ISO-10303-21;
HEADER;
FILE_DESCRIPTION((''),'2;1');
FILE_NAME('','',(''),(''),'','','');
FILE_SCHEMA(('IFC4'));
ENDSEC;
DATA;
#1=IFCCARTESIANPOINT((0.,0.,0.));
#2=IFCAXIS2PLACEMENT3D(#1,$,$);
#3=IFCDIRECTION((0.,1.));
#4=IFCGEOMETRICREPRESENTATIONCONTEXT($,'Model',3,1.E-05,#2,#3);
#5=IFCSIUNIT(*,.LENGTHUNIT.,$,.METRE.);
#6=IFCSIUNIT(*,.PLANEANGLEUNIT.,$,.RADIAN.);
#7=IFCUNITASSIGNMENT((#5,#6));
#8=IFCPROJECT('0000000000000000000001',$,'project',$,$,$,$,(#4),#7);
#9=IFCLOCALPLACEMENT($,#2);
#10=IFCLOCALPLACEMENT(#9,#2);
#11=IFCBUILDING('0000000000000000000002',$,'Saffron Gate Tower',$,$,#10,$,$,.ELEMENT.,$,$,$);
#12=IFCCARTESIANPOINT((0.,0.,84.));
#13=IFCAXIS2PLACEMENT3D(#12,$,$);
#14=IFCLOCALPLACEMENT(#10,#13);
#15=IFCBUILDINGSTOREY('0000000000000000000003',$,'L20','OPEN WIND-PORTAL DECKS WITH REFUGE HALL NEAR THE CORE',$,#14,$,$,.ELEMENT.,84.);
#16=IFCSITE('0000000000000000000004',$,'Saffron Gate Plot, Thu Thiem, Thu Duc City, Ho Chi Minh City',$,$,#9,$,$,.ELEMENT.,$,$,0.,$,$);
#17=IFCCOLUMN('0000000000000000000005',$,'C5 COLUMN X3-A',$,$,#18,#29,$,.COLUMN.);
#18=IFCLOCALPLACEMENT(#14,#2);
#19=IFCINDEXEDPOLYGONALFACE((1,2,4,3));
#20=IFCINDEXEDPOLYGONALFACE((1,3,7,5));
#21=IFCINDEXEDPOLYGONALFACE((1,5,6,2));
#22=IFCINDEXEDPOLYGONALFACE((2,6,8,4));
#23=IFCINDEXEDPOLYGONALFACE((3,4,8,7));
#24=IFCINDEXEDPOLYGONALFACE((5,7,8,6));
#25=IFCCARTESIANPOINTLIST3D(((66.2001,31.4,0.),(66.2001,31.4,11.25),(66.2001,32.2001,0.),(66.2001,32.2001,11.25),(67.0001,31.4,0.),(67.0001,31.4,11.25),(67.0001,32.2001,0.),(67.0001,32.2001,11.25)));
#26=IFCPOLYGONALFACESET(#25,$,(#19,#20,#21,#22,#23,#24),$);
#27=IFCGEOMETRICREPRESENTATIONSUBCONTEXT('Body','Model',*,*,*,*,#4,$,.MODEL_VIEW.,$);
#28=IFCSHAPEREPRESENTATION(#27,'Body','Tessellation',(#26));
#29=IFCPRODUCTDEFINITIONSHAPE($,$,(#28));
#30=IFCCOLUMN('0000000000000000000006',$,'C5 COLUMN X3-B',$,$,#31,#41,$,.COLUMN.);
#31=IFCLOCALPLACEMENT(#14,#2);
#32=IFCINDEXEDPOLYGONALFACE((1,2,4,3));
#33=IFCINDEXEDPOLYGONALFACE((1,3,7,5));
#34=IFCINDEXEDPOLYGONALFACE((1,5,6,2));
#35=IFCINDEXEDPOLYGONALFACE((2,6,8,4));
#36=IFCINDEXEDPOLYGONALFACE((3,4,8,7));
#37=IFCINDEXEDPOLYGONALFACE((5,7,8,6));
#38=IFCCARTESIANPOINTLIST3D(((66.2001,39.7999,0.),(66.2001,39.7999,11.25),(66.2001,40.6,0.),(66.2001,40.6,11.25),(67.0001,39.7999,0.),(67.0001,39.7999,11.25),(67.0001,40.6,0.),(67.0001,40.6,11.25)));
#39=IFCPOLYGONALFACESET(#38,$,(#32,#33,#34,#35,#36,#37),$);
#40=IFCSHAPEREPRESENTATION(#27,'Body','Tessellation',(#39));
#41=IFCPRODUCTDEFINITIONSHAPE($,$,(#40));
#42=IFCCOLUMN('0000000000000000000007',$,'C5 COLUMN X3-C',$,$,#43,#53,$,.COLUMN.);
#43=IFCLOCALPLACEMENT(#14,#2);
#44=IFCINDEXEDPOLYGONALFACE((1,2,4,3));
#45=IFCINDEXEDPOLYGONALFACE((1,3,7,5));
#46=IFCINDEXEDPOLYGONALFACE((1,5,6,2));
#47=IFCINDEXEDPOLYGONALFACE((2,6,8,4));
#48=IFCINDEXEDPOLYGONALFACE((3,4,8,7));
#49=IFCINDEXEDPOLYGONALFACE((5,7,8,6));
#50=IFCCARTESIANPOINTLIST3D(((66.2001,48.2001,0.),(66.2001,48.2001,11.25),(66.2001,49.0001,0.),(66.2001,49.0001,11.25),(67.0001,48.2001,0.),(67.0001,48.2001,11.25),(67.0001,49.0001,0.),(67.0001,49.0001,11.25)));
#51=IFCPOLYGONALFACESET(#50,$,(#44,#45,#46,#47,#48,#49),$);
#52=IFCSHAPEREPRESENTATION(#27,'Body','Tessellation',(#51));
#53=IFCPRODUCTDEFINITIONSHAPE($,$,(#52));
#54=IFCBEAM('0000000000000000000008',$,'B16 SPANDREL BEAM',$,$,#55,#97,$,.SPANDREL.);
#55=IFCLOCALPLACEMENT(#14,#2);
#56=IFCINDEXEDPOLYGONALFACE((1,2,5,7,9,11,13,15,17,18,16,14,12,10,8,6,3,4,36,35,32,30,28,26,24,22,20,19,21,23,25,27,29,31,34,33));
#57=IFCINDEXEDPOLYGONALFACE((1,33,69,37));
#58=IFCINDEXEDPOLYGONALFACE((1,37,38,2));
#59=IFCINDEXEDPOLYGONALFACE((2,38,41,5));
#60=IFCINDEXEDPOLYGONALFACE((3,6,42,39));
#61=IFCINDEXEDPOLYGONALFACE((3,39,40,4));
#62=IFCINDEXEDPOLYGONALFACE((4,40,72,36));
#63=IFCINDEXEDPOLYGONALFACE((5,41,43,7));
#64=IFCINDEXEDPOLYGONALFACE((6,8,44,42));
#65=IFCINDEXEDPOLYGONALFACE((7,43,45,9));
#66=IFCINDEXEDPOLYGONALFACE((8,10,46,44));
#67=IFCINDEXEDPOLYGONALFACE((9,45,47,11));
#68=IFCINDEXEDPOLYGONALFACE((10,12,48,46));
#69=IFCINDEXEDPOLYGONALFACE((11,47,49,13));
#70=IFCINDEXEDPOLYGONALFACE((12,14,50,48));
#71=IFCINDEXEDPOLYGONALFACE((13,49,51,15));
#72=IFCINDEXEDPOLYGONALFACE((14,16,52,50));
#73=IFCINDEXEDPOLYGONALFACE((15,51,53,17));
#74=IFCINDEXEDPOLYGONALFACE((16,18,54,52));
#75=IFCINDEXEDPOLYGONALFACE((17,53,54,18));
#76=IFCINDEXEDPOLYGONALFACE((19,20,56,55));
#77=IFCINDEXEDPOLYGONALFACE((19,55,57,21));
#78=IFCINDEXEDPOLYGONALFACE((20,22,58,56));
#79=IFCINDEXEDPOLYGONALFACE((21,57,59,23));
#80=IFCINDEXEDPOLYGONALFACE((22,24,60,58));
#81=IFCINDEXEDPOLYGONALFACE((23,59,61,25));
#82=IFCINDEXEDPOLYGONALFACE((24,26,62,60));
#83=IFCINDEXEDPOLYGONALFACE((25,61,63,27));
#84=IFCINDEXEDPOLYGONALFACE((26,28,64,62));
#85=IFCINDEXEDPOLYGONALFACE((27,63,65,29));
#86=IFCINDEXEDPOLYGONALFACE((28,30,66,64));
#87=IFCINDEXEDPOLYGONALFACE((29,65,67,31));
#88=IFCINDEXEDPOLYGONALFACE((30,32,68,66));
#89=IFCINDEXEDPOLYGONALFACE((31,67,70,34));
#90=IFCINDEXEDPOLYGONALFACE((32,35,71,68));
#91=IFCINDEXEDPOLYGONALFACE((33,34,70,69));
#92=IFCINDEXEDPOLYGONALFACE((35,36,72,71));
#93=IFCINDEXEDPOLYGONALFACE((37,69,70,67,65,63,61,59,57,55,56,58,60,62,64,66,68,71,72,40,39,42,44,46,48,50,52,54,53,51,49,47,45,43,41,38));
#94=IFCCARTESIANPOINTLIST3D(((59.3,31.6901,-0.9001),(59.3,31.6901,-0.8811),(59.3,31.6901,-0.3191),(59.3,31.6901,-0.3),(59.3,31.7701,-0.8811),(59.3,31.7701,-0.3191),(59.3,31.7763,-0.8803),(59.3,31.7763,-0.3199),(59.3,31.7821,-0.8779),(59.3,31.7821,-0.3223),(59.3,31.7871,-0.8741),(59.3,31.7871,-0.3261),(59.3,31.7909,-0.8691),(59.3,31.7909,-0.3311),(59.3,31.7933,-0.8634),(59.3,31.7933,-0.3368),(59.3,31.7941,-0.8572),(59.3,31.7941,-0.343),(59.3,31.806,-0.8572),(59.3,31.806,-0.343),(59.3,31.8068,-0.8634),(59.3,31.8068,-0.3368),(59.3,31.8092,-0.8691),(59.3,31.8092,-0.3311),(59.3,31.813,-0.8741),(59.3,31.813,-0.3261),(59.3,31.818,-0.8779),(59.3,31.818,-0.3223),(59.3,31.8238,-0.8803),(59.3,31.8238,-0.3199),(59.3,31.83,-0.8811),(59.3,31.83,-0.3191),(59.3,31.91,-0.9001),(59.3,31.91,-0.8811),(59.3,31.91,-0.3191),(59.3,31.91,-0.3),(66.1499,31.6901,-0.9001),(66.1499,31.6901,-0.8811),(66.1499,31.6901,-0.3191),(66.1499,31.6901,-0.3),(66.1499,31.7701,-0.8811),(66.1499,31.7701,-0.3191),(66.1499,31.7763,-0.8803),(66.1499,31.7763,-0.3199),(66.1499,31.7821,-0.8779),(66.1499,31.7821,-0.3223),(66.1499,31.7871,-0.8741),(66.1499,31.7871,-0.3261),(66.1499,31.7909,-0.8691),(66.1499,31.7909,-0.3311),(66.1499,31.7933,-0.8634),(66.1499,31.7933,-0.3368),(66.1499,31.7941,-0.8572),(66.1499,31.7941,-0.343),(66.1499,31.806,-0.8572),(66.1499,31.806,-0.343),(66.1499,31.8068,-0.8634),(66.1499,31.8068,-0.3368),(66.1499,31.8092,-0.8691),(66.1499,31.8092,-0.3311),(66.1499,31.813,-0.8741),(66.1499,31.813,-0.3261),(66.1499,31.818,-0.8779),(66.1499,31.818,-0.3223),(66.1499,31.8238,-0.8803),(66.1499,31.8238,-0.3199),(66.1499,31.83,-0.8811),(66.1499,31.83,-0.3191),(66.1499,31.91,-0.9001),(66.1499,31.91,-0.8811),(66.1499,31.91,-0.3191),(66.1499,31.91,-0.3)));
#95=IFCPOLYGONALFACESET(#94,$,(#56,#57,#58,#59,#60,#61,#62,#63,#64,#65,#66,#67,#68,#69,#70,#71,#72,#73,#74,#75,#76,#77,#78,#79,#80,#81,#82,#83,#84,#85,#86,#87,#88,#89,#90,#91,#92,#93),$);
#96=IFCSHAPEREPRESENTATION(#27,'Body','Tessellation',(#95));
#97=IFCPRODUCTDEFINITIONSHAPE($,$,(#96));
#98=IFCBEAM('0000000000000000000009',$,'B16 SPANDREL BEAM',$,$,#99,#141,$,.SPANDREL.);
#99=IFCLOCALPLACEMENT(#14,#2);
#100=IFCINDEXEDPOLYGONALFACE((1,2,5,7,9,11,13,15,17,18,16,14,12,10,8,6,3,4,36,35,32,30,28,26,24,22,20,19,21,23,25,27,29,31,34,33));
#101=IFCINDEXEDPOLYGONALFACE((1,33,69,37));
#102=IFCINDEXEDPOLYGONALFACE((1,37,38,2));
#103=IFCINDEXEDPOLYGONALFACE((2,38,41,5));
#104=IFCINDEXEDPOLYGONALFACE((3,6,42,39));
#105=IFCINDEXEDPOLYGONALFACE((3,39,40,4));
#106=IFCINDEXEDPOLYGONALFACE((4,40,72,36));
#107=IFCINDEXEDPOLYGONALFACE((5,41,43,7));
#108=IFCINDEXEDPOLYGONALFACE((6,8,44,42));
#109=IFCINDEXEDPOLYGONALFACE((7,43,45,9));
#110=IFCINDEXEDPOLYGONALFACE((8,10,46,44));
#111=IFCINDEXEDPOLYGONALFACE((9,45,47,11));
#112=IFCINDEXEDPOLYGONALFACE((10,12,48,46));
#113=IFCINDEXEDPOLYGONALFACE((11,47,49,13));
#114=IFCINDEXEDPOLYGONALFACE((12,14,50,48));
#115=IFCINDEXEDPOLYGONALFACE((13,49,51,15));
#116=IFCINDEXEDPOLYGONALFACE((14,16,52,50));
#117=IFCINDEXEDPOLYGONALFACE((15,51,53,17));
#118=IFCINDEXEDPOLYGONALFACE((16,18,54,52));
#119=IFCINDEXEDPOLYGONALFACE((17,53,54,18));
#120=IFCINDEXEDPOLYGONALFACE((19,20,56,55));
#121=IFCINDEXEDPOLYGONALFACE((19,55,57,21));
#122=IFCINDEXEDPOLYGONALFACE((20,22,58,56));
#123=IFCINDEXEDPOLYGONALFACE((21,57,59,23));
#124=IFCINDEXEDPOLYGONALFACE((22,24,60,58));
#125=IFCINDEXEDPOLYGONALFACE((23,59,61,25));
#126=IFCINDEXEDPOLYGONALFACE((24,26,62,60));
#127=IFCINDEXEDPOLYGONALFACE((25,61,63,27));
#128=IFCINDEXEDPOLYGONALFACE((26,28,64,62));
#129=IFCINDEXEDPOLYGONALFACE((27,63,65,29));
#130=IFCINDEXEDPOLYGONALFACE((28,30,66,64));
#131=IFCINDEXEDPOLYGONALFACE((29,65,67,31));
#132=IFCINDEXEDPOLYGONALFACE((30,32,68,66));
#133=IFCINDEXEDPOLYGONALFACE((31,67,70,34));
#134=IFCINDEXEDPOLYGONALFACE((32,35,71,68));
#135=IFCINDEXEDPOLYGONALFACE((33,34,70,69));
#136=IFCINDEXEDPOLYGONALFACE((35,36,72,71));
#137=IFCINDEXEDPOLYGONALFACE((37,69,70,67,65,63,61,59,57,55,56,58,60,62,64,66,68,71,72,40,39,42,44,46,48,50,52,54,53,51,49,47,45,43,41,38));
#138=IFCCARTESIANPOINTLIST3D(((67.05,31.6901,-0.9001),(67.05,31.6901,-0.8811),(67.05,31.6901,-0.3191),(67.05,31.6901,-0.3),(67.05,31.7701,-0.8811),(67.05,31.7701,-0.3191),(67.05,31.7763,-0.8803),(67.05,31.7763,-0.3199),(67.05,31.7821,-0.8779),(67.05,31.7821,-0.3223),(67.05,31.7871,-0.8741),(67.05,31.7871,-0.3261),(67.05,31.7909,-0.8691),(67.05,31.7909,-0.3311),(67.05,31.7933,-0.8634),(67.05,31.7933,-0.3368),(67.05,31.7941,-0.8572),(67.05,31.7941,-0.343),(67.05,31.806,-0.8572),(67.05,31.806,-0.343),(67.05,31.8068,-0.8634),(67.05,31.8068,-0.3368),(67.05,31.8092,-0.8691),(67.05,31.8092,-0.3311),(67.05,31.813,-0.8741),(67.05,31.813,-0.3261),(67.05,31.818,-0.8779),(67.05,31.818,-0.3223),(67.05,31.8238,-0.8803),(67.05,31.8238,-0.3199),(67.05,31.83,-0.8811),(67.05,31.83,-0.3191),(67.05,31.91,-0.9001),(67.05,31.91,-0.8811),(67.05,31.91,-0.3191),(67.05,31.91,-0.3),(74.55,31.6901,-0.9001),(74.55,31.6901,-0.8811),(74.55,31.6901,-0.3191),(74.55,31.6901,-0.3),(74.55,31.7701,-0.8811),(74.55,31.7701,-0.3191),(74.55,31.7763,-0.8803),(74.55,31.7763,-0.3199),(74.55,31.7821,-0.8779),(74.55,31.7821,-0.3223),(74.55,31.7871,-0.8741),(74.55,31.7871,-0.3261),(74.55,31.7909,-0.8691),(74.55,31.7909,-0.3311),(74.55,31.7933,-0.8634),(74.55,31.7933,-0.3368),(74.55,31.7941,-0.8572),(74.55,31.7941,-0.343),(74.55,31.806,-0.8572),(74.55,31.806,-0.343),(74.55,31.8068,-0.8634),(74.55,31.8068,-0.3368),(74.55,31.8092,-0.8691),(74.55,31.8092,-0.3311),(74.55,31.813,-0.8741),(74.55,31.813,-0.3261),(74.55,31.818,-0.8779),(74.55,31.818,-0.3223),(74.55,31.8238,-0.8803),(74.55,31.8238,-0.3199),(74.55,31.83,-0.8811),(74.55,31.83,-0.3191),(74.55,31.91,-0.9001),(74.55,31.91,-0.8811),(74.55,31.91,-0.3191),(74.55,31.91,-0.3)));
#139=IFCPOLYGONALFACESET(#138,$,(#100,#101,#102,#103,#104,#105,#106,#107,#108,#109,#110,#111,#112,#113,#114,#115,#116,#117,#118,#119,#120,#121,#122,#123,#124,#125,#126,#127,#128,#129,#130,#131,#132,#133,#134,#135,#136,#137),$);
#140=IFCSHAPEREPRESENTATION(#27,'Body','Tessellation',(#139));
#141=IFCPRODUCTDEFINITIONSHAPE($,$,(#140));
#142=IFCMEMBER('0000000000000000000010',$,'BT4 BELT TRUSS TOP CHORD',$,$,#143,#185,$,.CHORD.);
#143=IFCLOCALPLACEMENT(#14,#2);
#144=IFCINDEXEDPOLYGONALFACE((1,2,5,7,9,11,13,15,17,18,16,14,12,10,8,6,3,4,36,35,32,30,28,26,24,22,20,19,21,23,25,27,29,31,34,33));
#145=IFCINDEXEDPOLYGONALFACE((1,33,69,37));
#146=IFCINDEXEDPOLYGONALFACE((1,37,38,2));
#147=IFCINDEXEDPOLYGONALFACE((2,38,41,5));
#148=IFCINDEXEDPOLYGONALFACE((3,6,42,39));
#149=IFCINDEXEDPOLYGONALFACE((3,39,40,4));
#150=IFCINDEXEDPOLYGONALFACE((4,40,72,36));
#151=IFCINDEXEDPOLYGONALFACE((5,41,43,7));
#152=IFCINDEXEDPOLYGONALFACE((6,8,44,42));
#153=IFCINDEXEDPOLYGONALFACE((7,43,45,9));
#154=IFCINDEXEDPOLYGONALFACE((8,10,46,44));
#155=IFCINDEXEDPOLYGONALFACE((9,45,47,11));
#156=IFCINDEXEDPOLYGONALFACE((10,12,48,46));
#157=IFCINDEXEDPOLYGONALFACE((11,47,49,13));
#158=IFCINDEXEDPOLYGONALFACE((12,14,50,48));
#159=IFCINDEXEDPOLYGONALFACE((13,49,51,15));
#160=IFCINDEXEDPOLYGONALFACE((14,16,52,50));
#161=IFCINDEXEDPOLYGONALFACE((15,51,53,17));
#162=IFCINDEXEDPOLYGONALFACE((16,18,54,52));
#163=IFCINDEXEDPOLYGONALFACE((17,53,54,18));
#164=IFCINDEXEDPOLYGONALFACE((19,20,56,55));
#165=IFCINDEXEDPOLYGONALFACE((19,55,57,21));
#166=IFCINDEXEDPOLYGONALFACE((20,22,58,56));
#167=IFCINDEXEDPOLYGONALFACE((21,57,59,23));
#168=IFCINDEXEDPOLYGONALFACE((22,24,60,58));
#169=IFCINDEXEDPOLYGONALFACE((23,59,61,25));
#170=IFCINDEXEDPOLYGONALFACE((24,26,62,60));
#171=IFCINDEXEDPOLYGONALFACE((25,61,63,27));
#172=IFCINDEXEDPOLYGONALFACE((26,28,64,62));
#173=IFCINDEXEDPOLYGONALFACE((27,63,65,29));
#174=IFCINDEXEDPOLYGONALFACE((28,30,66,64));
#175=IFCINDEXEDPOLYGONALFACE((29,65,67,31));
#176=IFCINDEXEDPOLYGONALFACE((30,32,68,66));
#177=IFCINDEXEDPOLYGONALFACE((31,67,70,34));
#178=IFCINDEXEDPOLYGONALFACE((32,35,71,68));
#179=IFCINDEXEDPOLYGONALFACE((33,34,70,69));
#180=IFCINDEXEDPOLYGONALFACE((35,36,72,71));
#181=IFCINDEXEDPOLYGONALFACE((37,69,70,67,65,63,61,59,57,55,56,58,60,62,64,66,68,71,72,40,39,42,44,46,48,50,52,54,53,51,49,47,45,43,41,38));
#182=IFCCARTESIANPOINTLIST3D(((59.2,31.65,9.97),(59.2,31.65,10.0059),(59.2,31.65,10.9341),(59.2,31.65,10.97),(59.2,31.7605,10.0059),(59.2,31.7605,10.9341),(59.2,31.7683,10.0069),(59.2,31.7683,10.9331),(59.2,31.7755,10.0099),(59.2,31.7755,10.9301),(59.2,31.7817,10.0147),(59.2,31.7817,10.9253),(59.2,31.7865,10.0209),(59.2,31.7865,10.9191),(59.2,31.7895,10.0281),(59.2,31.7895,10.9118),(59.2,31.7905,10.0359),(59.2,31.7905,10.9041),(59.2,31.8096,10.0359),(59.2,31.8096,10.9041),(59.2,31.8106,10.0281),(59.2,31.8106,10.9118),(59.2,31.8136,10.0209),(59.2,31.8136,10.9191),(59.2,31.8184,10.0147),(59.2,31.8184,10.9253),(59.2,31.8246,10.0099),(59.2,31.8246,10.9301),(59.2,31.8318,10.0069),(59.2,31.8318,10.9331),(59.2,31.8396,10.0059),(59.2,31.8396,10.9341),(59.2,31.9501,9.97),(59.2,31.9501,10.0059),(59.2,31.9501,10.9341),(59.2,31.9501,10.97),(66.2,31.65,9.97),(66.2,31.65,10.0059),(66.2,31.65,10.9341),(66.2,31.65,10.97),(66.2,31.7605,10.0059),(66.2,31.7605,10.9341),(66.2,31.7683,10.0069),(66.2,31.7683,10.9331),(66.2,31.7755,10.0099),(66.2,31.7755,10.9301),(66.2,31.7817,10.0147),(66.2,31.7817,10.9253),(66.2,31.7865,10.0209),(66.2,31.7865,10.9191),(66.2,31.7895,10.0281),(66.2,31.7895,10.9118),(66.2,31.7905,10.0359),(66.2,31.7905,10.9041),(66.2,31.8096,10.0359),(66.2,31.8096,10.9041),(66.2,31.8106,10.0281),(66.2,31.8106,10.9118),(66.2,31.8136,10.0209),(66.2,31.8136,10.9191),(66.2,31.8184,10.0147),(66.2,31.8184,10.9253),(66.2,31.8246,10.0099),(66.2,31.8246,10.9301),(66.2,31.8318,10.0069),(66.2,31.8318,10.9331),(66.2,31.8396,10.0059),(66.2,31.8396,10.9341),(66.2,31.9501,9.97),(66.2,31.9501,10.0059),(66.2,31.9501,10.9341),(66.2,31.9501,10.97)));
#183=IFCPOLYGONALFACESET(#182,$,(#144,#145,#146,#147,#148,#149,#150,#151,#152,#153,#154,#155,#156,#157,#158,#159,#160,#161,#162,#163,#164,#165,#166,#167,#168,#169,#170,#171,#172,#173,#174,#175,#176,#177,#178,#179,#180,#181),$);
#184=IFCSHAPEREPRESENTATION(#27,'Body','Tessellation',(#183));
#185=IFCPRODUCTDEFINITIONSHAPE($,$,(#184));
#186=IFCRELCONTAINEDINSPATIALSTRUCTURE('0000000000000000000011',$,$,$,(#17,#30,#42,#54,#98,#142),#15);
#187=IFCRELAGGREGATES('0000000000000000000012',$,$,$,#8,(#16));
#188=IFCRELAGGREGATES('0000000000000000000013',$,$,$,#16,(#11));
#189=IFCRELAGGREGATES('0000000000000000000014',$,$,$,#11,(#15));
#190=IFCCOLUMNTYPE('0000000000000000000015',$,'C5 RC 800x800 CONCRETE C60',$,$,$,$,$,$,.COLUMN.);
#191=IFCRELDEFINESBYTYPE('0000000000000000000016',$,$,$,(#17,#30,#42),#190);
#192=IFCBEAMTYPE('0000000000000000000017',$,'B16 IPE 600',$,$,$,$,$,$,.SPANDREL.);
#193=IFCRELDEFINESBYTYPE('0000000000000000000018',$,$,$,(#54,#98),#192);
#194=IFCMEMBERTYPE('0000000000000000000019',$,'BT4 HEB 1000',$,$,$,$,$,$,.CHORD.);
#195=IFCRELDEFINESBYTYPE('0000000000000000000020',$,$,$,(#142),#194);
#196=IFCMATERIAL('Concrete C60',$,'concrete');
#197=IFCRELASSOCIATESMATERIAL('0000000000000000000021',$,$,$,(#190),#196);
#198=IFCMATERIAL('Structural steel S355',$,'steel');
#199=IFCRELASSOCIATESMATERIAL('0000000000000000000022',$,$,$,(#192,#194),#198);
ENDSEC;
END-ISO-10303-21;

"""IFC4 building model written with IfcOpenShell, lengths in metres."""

from ifc_helpers import new_model, si_unit, direction, frame, origin, origin_2d, place, context, subcontext, project, spatial, rectangle, i_section, extrude, material, material_profile, profile_set, type_object, element, save


model = new_model("IFC4")

# Units and contexts
model_context = context("Model", 3, precision=1e-05, world=origin(), true_north=direction((0.0, 1.0)))
body_context = subcontext(model_context, "Body", "Model", "MODEL_VIEW")
ifc_project = project(units=[si_unit("LENGTHUNIT", "METRE"), si_unit("PLANEANGLEUNIT", "RADIAN")], contexts=[model_context])

# Site, building, storey
site_placement = place(None, origin())
site = spatial("IfcSite", under=ifc_project, at=site_placement, Name="Saffron Gate Plot, Thu Thiem, Thu Duc City, Ho Chi Minh City", CompositionType="ELEMENT", RefElevation=0.0)
building_placement = place(site_placement, origin())
building = spatial("IfcBuilding", under=site, at=building_placement, Name="Saffron Gate Tower", CompositionType="ELEMENT")
storey_placement = place(building_placement, frame((0.0, 0.0, 84.0)))
storey = spatial("IfcBuildingStorey", under=building, at=storey_placement, Name="L20", Description="OPEN WIND-PORTAL DECKS WITH REFUGE HALL NEAR THE CORE", CompositionType="ELEMENT", Elevation=84.0)

# Columns
ifc_material_1 = material(Name="Concrete C60", Category="concrete")
ifc_material_profile_1 = material_profile(ifc_material_1, rectangle(XDim=0.8, YDim=0.8, at=origin_2d()))
ifc_profile_set_1 = profile_set([ifc_material_profile_1], Name="Concrete C60")
column_type = type_object("IfcColumnType", Name="C5 RC 800x800 CONCRETE C60", PredefinedType="COLUMN", material=ifc_profile_set_1)
for number, where, z_axis, x_axis, name in (
    (1, (66.6001, 31.8, 0.0), (0.0, 0.0, 1.0), (1.0, 0.0, 0.0), "C5 COLUMN X3-A"),
    (2, (66.6001, 40.2, 0.0), (0.0, 0.0, 1.0), (1.0, 0.0, 0.0), "C5 COLUMN X3-B"),
    (3, (66.6001, 48.6001, 0.0), (0.0, 0.0, 1.0), (1.0, 0.0, 0.0), "C5 COLUMN X3-C"),
):
    element("IfcColumn", number, at=place(storey_placement, frame(where, z_axis=z_axis, x_axis=x_axis)), inside=storey, type_object=column_type, Name=name, PredefinedType="COLUMN", context=body_context, shape_type="SweptSolid", body=[
        extrude(rectangle(XDim=0.8, YDim=0.8, at=origin_2d()), origin(), (0.0, 0.0, 1.0), 11.25),
    ])

# Beams
ifc_material_2 = material(Name="Structural steel S355", Category="steel")
ifc_material_profile_2 = material_profile(ifc_material_2, i_section(OverallWidth=0.22, OverallDepth=0.6001, WebThickness=0.012, FlangeThickness=0.019, FilletRadius=0.0239, at=origin_2d()))
ifc_profile_set_2 = profile_set([ifc_material_profile_2], Name="Structural steel S355")
beam_type = type_object("IfcBeamType", Name="B16 IPE 600", PredefinedType="SPANDREL", material=ifc_profile_set_2)
beam_1_placement = place(storey_placement, frame((59.3, 31.8, -0.6001), z_axis=(1.0, 0.0, 0.0), x_axis=(0.0, 1.0, 0.0)))
element("IfcBeam", 4, at=beam_1_placement, inside=storey, type_object=beam_type, Name="B16 SPANDREL BEAM", PredefinedType="SPANDREL", context=body_context, shape_type="SweptSolid", body=[
    extrude(i_section(OverallWidth=0.22, OverallDepth=0.6001, WebThickness=0.012, FlangeThickness=0.019, FilletRadius=0.0239, at=origin_2d()), origin(), (0.0, 0.0, 1.0), 6.8499),
])
beam_2_placement = place(storey_placement, frame((67.05, 31.8, -0.6001), z_axis=(1.0, 0.0, 0.0), x_axis=(0.0, 1.0, 0.0)))
element("IfcBeam", 5, at=beam_2_placement, inside=storey, type_object=beam_type, Name="B16 SPANDREL BEAM", PredefinedType="SPANDREL", context=body_context, shape_type="SweptSolid", body=[
    extrude(i_section(OverallWidth=0.22, OverallDepth=0.6001, WebThickness=0.012, FlangeThickness=0.019, FilletRadius=0.0239, at=origin_2d()), origin(), (0.0, 0.0, 1.0), 7.5),
])

# Member
ifc_material_profile_3 = material_profile(ifc_material_2, i_section(OverallWidth=0.3, OverallDepth=1.0, WebThickness=0.019, FlangeThickness=0.0359, FilletRadius=0.03, at=origin_2d()))
ifc_profile_set_3 = profile_set([ifc_material_profile_3], Name="Structural steel S355")
member_type_1 = type_object("IfcMemberType", Name="BT4 HEB 1000", PredefinedType="CHORD", material=ifc_profile_set_3)
for number, where, z_axis, x_axis, name in (
    (6, (59.2, 31.8, 10.47), (1.0, 0.0, 0.0), (0.0, 1.0, 0.0), "BT4 BELT TRUSS TOP CHORD"),
):
    element("IfcMember", number, at=place(storey_placement, frame(where, z_axis=z_axis, x_axis=x_axis)), inside=storey, type_object=member_type_1, Name=name, PredefinedType="CHORD", context=body_context, shape_type="SweptSolid", body=[
        extrude(i_section(OverallWidth=0.3, OverallDepth=1.0, WebThickness=0.019, FlangeThickness=0.0359, FilletRadius=0.03, at=origin_2d()), origin(), (0.0, 0.0, 1.0), 7.0),
    ])

save(model, "model.ifc")
